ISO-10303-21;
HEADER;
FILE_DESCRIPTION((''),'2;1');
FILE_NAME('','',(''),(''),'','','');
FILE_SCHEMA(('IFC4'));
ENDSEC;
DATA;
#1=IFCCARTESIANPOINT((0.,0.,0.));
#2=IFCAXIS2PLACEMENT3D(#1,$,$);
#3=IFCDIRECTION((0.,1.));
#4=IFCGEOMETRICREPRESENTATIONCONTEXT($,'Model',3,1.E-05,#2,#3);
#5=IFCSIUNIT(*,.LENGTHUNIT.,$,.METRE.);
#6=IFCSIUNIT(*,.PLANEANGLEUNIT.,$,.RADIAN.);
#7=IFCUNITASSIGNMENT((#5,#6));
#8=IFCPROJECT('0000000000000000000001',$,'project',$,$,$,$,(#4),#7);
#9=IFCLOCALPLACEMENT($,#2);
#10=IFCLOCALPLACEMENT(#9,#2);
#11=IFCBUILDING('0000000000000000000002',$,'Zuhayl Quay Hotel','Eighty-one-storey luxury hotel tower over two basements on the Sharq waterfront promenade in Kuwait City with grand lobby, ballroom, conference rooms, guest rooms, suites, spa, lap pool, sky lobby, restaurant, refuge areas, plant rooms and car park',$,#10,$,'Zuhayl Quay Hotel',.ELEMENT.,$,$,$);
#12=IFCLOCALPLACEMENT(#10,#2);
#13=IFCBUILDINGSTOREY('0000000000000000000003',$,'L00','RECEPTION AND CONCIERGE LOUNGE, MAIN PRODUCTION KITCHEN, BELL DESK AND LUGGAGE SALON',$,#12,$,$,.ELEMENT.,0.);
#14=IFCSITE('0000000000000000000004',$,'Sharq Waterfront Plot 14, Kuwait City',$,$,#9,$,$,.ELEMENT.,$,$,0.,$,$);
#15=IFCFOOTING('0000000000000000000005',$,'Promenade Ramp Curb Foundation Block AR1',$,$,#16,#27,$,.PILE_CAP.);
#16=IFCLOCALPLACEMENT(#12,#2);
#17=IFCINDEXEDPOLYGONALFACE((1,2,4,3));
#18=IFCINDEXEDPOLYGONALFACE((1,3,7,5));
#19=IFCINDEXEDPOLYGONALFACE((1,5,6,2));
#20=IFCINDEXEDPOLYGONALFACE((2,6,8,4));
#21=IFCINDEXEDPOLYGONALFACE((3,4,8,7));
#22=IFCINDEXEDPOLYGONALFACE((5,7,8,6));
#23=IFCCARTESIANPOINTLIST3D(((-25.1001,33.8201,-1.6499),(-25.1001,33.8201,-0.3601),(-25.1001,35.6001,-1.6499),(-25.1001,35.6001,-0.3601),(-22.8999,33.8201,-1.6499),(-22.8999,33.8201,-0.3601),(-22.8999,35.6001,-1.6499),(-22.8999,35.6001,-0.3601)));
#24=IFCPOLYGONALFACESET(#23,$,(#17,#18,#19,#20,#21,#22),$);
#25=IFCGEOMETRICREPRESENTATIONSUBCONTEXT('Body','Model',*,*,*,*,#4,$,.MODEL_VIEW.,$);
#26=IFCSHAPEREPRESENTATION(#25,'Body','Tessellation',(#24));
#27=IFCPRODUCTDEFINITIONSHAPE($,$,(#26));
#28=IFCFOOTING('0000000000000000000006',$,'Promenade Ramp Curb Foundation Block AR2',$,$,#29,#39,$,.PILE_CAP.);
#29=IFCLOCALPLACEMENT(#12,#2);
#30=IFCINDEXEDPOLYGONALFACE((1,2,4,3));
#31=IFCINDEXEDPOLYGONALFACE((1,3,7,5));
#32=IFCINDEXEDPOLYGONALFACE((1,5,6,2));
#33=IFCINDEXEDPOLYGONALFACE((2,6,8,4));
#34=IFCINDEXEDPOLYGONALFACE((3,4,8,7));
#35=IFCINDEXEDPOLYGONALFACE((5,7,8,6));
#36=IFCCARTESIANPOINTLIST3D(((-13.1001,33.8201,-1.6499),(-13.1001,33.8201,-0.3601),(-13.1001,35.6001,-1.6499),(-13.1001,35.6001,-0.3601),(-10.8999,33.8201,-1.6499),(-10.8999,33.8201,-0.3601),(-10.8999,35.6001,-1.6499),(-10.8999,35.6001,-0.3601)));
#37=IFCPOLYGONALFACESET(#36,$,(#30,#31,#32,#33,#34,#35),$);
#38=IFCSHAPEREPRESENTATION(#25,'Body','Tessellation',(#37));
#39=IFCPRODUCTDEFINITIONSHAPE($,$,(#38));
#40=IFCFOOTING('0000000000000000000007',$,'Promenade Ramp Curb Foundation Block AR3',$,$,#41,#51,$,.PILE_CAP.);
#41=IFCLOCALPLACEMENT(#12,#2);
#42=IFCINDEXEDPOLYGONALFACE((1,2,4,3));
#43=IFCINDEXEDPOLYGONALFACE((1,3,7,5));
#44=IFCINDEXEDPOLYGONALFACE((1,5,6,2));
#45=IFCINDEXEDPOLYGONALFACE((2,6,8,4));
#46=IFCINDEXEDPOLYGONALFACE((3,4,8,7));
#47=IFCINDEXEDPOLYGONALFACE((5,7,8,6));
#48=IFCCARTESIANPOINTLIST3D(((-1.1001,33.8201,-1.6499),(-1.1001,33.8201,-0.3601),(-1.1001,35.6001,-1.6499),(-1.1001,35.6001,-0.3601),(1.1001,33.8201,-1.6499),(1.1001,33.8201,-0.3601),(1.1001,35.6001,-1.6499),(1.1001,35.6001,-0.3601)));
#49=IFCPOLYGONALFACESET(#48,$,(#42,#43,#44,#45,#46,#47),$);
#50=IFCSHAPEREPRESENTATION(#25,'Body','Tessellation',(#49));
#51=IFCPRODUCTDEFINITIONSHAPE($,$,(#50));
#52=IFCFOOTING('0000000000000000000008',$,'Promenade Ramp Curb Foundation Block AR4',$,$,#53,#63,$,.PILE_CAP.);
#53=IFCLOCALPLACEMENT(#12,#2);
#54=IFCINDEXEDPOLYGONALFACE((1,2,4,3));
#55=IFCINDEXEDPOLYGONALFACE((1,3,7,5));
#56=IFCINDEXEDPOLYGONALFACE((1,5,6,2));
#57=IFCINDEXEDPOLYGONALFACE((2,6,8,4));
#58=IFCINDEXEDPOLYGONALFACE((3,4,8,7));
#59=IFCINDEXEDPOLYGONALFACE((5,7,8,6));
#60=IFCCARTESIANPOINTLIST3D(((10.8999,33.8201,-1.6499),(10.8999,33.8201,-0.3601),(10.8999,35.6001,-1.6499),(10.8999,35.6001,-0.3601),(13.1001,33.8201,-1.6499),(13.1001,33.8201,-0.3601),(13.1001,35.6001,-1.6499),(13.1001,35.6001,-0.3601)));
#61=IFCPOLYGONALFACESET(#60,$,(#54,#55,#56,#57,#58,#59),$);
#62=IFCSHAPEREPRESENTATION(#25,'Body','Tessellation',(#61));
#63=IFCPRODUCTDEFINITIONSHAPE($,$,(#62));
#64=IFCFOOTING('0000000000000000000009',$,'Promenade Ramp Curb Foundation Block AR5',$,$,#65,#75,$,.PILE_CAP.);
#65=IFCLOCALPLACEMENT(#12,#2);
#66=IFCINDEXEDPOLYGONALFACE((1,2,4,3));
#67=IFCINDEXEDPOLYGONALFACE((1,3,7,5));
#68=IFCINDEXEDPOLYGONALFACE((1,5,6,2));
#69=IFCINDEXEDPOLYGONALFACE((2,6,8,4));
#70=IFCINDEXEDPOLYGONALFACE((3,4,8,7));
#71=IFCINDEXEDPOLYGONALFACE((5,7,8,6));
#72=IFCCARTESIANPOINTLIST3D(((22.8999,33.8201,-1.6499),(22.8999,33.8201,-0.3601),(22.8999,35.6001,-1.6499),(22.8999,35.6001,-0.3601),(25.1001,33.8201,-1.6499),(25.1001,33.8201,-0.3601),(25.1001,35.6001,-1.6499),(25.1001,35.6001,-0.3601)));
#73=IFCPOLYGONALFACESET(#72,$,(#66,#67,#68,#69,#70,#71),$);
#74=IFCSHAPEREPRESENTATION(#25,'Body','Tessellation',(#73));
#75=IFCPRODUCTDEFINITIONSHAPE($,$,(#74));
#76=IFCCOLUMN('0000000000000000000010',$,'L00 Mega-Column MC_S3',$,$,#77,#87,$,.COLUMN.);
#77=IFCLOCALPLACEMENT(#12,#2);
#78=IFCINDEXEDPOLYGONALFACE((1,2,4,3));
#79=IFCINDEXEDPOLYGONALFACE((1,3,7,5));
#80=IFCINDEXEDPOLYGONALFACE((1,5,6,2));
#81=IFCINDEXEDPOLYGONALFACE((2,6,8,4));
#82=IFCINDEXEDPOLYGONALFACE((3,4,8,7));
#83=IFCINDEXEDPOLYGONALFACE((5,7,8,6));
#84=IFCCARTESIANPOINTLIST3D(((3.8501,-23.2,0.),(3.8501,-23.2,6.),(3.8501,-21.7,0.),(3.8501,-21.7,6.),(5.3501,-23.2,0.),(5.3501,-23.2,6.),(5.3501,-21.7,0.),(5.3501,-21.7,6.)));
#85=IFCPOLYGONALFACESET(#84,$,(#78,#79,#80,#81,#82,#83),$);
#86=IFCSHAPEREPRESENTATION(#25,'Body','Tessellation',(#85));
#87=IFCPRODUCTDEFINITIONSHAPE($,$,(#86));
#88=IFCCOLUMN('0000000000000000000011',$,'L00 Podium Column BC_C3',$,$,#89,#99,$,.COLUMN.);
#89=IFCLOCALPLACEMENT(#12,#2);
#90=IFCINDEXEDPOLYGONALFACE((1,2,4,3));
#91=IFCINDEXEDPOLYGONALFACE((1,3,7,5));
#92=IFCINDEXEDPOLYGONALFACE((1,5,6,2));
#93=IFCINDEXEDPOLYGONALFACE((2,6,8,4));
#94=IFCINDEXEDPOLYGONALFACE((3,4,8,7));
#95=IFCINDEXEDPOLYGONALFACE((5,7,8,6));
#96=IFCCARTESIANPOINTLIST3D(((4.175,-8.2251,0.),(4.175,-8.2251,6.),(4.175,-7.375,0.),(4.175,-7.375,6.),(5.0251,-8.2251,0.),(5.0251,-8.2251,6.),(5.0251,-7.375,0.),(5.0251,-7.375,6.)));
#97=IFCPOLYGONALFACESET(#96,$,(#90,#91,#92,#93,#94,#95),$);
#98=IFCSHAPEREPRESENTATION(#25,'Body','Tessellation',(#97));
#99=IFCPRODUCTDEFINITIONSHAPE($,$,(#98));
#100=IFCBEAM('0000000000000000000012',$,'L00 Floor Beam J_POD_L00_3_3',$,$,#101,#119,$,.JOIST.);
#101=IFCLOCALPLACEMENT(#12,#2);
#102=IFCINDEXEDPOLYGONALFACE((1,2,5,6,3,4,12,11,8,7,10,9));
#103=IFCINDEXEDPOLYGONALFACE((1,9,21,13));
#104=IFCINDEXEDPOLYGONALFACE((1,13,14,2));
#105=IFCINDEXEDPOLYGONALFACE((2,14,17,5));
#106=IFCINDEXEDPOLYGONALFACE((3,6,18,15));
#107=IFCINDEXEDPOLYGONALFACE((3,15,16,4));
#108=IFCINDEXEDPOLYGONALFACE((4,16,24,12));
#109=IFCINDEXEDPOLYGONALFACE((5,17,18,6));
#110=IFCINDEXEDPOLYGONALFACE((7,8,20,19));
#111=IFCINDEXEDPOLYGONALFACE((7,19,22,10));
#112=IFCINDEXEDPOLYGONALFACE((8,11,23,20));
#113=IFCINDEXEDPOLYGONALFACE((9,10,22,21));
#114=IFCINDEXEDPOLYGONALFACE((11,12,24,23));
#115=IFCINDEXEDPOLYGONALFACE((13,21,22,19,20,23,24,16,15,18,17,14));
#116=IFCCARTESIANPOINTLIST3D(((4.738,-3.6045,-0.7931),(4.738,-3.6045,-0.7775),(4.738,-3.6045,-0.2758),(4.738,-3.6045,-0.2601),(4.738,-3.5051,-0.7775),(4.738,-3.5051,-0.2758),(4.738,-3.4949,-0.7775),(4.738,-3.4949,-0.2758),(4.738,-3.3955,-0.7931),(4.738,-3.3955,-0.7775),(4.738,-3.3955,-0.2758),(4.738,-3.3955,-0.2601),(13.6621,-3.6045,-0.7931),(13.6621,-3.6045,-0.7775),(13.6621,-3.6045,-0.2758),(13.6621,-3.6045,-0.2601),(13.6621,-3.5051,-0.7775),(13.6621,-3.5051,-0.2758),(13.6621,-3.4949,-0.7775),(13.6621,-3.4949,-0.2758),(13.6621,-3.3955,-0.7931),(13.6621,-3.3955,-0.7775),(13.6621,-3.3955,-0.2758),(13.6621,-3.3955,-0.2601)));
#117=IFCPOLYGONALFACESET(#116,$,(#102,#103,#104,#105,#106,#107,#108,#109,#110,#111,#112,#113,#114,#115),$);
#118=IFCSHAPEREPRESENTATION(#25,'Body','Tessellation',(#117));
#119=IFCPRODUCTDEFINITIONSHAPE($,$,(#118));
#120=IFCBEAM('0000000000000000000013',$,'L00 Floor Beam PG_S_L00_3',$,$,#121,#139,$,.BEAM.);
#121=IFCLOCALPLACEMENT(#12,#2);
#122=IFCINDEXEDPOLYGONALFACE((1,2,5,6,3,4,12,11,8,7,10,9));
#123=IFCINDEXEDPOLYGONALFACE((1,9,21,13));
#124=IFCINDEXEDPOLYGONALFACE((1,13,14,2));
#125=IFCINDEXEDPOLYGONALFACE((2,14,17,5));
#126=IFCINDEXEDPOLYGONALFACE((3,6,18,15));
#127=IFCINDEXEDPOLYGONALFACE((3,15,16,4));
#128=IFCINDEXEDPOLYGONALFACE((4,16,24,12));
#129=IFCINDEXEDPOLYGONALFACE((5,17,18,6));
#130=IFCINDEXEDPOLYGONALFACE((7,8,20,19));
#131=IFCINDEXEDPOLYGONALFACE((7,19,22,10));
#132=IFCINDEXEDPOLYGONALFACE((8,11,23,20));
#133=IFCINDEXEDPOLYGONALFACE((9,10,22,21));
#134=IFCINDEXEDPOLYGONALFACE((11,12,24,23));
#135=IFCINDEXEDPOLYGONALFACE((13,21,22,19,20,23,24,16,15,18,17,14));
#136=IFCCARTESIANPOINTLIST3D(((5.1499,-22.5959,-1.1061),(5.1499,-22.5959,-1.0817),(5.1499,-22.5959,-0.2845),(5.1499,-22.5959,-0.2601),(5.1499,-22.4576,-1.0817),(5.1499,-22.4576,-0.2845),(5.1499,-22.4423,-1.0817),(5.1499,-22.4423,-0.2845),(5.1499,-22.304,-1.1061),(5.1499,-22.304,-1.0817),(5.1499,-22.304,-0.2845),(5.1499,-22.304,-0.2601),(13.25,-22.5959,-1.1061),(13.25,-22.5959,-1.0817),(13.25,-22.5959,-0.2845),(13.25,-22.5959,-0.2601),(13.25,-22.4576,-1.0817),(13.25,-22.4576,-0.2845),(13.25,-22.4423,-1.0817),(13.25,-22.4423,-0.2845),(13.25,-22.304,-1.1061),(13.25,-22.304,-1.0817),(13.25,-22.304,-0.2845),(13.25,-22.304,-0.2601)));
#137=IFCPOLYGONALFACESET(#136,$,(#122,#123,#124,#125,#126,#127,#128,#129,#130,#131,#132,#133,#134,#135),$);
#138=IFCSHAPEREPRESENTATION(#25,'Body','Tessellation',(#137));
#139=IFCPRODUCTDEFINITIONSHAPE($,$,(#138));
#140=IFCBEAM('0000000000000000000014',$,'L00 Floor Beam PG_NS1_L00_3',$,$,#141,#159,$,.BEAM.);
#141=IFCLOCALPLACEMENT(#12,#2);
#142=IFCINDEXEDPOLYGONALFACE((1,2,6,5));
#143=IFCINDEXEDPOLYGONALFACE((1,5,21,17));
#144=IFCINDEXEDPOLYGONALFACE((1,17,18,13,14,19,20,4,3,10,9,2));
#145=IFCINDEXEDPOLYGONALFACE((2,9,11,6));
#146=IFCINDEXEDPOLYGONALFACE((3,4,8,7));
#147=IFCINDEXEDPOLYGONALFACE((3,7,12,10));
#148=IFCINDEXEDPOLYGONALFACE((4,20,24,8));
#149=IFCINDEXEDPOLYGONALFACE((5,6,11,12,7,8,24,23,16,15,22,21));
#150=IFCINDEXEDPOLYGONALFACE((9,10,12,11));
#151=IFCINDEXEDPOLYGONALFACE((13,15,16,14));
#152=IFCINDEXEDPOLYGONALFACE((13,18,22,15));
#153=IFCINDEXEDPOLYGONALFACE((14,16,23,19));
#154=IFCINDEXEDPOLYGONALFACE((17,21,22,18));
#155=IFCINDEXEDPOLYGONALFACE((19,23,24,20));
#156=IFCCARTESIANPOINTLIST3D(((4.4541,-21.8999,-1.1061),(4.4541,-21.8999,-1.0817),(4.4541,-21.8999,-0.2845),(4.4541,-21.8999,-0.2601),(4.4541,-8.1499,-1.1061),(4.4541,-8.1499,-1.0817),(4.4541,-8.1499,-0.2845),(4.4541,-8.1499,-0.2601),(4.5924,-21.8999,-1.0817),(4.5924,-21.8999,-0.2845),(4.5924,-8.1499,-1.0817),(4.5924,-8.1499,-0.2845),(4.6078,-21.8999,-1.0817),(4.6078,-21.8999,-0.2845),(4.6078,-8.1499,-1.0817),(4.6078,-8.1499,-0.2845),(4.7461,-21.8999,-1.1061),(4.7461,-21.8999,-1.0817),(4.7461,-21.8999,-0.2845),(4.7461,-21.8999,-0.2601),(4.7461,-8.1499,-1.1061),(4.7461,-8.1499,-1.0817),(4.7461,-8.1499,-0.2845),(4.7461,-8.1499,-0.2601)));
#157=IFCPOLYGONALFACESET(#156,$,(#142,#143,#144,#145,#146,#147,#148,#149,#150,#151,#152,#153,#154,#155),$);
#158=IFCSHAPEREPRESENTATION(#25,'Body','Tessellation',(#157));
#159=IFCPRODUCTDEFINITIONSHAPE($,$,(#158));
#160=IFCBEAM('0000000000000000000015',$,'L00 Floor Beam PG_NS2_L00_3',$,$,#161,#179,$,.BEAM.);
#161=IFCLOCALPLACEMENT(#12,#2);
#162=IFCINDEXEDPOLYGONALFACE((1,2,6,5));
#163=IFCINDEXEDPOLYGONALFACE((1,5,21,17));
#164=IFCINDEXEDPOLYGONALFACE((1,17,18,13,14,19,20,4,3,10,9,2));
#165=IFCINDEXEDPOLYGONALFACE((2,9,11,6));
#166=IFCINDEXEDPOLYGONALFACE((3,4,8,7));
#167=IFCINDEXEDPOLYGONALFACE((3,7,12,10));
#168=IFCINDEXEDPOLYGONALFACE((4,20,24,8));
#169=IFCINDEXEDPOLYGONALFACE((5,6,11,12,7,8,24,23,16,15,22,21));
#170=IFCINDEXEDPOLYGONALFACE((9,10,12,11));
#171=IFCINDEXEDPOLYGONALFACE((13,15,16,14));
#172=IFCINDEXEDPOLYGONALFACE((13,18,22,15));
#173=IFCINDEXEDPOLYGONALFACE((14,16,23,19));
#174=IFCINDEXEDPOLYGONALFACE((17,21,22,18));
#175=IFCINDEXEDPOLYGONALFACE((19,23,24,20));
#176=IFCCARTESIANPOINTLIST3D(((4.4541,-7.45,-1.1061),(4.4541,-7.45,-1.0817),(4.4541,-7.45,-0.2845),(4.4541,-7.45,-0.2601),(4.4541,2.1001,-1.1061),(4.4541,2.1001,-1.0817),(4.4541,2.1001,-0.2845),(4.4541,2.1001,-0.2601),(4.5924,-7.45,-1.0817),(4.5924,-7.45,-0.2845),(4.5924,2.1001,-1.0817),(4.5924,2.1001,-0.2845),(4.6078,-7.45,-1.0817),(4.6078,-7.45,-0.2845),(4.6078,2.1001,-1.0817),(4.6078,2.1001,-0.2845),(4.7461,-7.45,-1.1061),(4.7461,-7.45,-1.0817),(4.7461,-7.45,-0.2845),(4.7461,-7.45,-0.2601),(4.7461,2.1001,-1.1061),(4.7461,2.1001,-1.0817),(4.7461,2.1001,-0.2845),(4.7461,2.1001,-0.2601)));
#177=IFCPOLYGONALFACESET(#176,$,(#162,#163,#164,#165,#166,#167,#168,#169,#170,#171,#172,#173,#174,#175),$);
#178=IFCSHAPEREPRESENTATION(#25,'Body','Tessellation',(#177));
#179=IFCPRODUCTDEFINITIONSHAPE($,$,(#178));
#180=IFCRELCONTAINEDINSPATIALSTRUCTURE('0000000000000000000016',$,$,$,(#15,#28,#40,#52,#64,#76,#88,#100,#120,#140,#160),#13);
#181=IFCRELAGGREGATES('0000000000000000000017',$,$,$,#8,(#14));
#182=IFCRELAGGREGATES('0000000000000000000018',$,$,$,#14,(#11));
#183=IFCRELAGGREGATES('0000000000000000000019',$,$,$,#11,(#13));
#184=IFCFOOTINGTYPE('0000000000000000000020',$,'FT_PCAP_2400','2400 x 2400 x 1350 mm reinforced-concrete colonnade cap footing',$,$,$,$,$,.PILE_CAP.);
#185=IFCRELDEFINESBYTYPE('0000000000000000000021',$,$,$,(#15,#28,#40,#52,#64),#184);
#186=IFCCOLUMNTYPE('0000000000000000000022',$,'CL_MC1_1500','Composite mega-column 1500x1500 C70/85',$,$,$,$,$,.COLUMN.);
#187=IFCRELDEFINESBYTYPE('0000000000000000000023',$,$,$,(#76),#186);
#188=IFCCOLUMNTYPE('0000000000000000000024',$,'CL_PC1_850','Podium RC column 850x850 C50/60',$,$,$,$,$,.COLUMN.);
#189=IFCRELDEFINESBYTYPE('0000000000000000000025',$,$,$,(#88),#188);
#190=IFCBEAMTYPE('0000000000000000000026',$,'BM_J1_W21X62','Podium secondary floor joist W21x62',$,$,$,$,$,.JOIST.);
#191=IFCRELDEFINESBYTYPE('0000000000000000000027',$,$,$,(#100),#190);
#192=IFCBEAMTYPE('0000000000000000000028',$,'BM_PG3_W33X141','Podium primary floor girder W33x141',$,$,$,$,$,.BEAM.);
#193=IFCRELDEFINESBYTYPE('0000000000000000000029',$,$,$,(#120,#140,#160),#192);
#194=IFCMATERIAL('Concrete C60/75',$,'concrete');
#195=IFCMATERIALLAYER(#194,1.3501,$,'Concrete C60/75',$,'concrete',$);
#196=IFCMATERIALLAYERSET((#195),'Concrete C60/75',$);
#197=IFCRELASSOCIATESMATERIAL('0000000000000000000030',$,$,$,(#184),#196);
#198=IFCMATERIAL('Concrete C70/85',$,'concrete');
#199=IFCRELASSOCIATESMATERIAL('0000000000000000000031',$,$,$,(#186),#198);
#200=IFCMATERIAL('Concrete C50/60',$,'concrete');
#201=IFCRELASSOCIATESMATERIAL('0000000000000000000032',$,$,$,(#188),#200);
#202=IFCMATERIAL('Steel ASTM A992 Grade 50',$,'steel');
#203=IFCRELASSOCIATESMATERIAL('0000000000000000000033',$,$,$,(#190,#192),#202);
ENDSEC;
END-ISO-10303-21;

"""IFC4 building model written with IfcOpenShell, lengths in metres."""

from ifc_helpers import new_model, si_unit, direction, frame, origin, origin_2d, place, context, subcontext, project, spatial, polyline, rectangle, i_section, outline, extrude, material, layer, layer_set, material_profile, profile_set, type_object, element, save


model = new_model("IFC4")

# Units and contexts
model_context = context("Model", 3, precision=1e-05, world=origin(), true_north=direction((0.0, 1.0)))
body_context = subcontext(model_context, "Body", "Model", "MODEL_VIEW")
ifc_project = project(units=[si_unit("LENGTHUNIT", "METRE"), si_unit("PLANEANGLEUNIT", "RADIAN")], contexts=[model_context])

# Site, building, storey
site_placement = place(None, origin())
site = spatial("IfcSite", under=ifc_project, at=site_placement, Name="Sharq Waterfront Plot 14, Kuwait City", CompositionType="ELEMENT", RefElevation=0.0)
building_placement = place(site_placement, origin())
building = spatial("IfcBuilding", under=site, at=building_placement, Name="Zuhayl Quay Hotel", Description="Eighty-one-storey luxury hotel tower over two basements on the Sharq waterfront promenade in Kuwait City with grand lobby, ballroom, conference rooms, guest rooms, suites, spa, lap pool, sky lobby, restaurant, refuge areas, plant rooms and car park", LongName="Zuhayl Quay Hotel", CompositionType="ELEMENT")
storey_placement = place(building_placement, origin())
storey = spatial("IfcBuildingStorey", under=building, at=storey_placement, Name="L00", Description="RECEPTION AND CONCIERGE LOUNGE, MAIN PRODUCTION KITCHEN, BELL DESK AND LUGGAGE SALON", CompositionType="ELEMENT", Elevation=0.0)

# Footings
ifc_material_1 = material(Name="Concrete C60/75", Category="concrete")
ifc_layer_1 = layer(ifc_material_1, 1.3501, Name="Concrete C60/75", Category="concrete")
ifc_layer_set_1 = layer_set([ifc_layer_1], Name="Concrete C60/75")
footing_type = type_object("IfcFootingType", Name="FT_PCAP_2400", Description="2400 x 2400 x 1350 mm reinforced-concrete colonnade cap footing", PredefinedType="PILE_CAP", material=ifc_layer_set_1)
footing_1_placement = place(storey_placement, frame((0.0, 0.0, -1.6499)))
element("IfcFooting", 1, at=footing_1_placement, inside=storey, type_object=footing_type, Name="Promenade Ramp Curb Foundation Block AR1", PredefinedType="PILE_CAP", context=body_context, shape_type="SweptSolid", body=[
    extrude(outline(polyline([(-25.1001, 33.8201), (-22.8999, 33.8201), (-22.8999, 35.6001), (-25.1001, 35.6001), (-25.1001, 33.8201)])), origin(), (0.0, 0.0, 1.0), 1.2898),
])
footing_2_placement = place(storey_placement, frame((0.0, 0.0, -1.6499)))
element("IfcFooting", 2, at=footing_2_placement, inside=storey, type_object=footing_type, Name="Promenade Ramp Curb Foundation Block AR2", PredefinedType="PILE_CAP", context=body_context, shape_type="SweptSolid", body=[
    extrude(outline(polyline([(-13.1001, 33.8201), (-10.8999, 33.8201), (-10.8999, 35.6001), (-13.1001, 35.6001), (-13.1001, 33.8201)])), origin(), (0.0, 0.0, 1.0), 1.2898),
])
footing_3_placement = place(storey_placement, frame((0.0, 0.0, -1.6499)))
element("IfcFooting", 3, at=footing_3_placement, inside=storey, type_object=footing_type, Name="Promenade Ramp Curb Foundation Block AR3", PredefinedType="PILE_CAP", context=body_context, shape_type="SweptSolid", body=[
    extrude(outline(polyline([(-1.1001, 33.8201), (1.1001, 33.8201), (1.1001, 35.6001), (-1.1001, 35.6001), (-1.1001, 33.8201)])), origin(), (0.0, 0.0, 1.0), 1.2898),
])
footing_4_placement = place(storey_placement, frame((0.0, 0.0, -1.6499)))
element("IfcFooting", 4, at=footing_4_placement, inside=storey, type_object=footing_type, Name="Promenade Ramp Curb Foundation Block AR4", PredefinedType="PILE_CAP", context=body_context, shape_type="SweptSolid", body=[
    extrude(outline(polyline([(10.8999, 33.8201), (13.1001, 33.8201), (13.1001, 35.6001), (10.8999, 35.6001), (10.8999, 33.8201)])), origin(), (0.0, 0.0, 1.0), 1.2898),
])
footing_5_placement = place(storey_placement, frame((0.0, 0.0, -1.6499)))
element("IfcFooting", 5, at=footing_5_placement, inside=storey, type_object=footing_type, Name="Promenade Ramp Curb Foundation Block AR5", PredefinedType="PILE_CAP", context=body_context, shape_type="SweptSolid", body=[
    extrude(outline(polyline([(22.8999, 33.8201), (25.1001, 33.8201), (25.1001, 35.6001), (22.8999, 35.6001), (22.8999, 33.8201)])), origin(), (0.0, 0.0, 1.0), 1.2898),
])

# Columns
ifc_material_2 = material(Name="Concrete C70/85", Category="concrete")
ifc_material_profile_1 = material_profile(ifc_material_2, rectangle(XDim=1.5, YDim=1.5, at=origin_2d()), Name="RC1500X1500")
ifc_profile_set_1 = profile_set([ifc_material_profile_1], Name="Concrete C70/85")
column_type_1 = type_object("IfcColumnType", Name="CL_MC1_1500", Description="Composite mega-column 1500x1500 C70/85", PredefinedType="COLUMN", material=ifc_profile_set_1)
column_1_placement = place(storey_placement, frame((4.6001, -22.45, 0.0), z_axis=(0.0, 0.0, 1.0), x_axis=(1.0, 0.0, 0.0)))
element("IfcColumn", 6, at=column_1_placement, inside=storey, type_object=column_type_1, Name="L00 Mega-Column MC_S3", PredefinedType="COLUMN", context=body_context, shape_type="SweptSolid", body=[
    extrude(rectangle(XDim=1.5, YDim=1.5, at=origin_2d()), origin(), (0.0, 0.0, 1.0), 6.0),
])
ifc_material_3 = material(Name="Concrete C50/60", Category="concrete")
ifc_material_profile_2 = material_profile(ifc_material_3, rectangle(XDim=0.8501, YDim=0.8501, at=origin_2d()), Name="RC850X850")
ifc_profile_set_2 = profile_set([ifc_material_profile_2], Name="Concrete C50/60")
column_type_2 = type_object("IfcColumnType", Name="CL_PC1_850", Description="Podium RC column 850x850 C50/60", PredefinedType="COLUMN", material=ifc_profile_set_2)
column_2_placement = place(storey_placement, frame((4.6001, -7.8, 0.0), z_axis=(0.0, 0.0, 1.0), x_axis=(1.0, 0.0, 0.0)))
element("IfcColumn", 7, at=column_2_placement, inside=storey, type_object=column_type_2, Name="L00 Podium Column BC_C3", PredefinedType="COLUMN", context=body_context, shape_type="SweptSolid", body=[
    extrude(rectangle(XDim=0.8501, YDim=0.8501, at=origin_2d()), origin(), (0.0, 0.0, 1.0), 6.0),
])

# Beams
ifc_material_4 = material(Name="Steel ASTM A992 Grade 50", Category="steel")
ifc_material_profile_3 = material_profile(ifc_material_4, i_section(OverallWidth=0.209, OverallDepth=0.533, WebThickness=0.0103, FlangeThickness=0.0156, at=origin_2d()), Name="W21X62")
ifc_profile_set_3 = profile_set([ifc_material_profile_3], Name="Steel ASTM A992 Grade 50")
beam_type_1 = type_object("IfcBeamType", Name="BM_J1_W21X62", Description="Podium secondary floor joist W21x62", PredefinedType="JOIST", material=ifc_profile_set_3)
beam_1_placement = place(storey_placement, frame((4.738, -3.5, -0.5266), z_axis=(1.0, 0.0, 0.0), x_axis=(0.0, 1.0, 0.0)))
element("IfcBeam", 8, at=beam_1_placement, inside=storey, type_object=beam_type_1, Name="L00 Floor Beam J_POD_L00_3_3", PredefinedType="JOIST", context=body_context, shape_type="SweptSolid", body=[
    extrude(i_section(OverallWidth=0.209, OverallDepth=0.533, WebThickness=0.0103, FlangeThickness=0.0156, at=origin_2d()), origin(), (0.0, 0.0, 1.0), 8.9241),
])
ifc_material_profile_4 = material_profile(ifc_material_4, i_section(OverallWidth=0.292, OverallDepth=0.8459, WebThickness=0.0154, FlangeThickness=0.0244, at=origin_2d()), Name="W33X141")
ifc_profile_set_4 = profile_set([ifc_material_profile_4], Name="Steel ASTM A992 Grade 50")
beam_type_2 = type_object("IfcBeamType", Name="BM_PG3_W33X141", Description="Podium primary floor girder W33x141", PredefinedType="BEAM", material=ifc_profile_set_4)
beam_2_placement = place(storey_placement, frame((5.1499, -22.45, -0.6831), z_axis=(1.0, 0.0, 0.0), x_axis=(0.0, 1.0, 0.0)))
element("IfcBeam", 9, at=beam_2_placement, inside=storey, type_object=beam_type_2, Name="L00 Floor Beam PG_S_L00_3", PredefinedType="BEAM", context=body_context, shape_type="SweptSolid", body=[
    extrude(i_section(OverallWidth=0.292, OverallDepth=0.8459, WebThickness=0.0154, FlangeThickness=0.0244, at=origin_2d()), origin(), (0.0, 0.0, 1.0), 8.1001),
])
beam_3_placement = place(storey_placement, frame((4.6001, -21.8999, -0.6831), z_axis=(0.0, 1.0, 0.0), x_axis=(-1.0, 0.0, 0.0)))
element("IfcBeam", 10, at=beam_3_placement, inside=storey, type_object=beam_type_2, Name="L00 Floor Beam PG_NS1_L00_3", PredefinedType="BEAM", context=body_context, shape_type="SweptSolid", body=[
    extrude(i_section(OverallWidth=0.292, OverallDepth=0.8459, WebThickness=0.0154, FlangeThickness=0.0244, at=origin_2d()), origin(), (0.0, 0.0, 1.0), 13.75),
])
beam_4_placement = place(storey_placement, frame((4.6001, -7.45, -0.6831), z_axis=(0.0, 1.0, 0.0), x_axis=(-1.0, 0.0, 0.0)))
element("IfcBeam", 11, at=beam_4_placement, inside=storey, type_object=beam_type_2, Name="L00 Floor Beam PG_NS2_L00_3", PredefinedType="BEAM", context=body_context, shape_type="SweptSolid", body=[
    extrude(i_section(OverallWidth=0.292, OverallDepth=0.8459, WebThickness=0.0154, FlangeThickness=0.0244, at=origin_2d()), origin(), (0.0, 0.0, 1.0), 9.55),
])

save(model, "model.ifc")
